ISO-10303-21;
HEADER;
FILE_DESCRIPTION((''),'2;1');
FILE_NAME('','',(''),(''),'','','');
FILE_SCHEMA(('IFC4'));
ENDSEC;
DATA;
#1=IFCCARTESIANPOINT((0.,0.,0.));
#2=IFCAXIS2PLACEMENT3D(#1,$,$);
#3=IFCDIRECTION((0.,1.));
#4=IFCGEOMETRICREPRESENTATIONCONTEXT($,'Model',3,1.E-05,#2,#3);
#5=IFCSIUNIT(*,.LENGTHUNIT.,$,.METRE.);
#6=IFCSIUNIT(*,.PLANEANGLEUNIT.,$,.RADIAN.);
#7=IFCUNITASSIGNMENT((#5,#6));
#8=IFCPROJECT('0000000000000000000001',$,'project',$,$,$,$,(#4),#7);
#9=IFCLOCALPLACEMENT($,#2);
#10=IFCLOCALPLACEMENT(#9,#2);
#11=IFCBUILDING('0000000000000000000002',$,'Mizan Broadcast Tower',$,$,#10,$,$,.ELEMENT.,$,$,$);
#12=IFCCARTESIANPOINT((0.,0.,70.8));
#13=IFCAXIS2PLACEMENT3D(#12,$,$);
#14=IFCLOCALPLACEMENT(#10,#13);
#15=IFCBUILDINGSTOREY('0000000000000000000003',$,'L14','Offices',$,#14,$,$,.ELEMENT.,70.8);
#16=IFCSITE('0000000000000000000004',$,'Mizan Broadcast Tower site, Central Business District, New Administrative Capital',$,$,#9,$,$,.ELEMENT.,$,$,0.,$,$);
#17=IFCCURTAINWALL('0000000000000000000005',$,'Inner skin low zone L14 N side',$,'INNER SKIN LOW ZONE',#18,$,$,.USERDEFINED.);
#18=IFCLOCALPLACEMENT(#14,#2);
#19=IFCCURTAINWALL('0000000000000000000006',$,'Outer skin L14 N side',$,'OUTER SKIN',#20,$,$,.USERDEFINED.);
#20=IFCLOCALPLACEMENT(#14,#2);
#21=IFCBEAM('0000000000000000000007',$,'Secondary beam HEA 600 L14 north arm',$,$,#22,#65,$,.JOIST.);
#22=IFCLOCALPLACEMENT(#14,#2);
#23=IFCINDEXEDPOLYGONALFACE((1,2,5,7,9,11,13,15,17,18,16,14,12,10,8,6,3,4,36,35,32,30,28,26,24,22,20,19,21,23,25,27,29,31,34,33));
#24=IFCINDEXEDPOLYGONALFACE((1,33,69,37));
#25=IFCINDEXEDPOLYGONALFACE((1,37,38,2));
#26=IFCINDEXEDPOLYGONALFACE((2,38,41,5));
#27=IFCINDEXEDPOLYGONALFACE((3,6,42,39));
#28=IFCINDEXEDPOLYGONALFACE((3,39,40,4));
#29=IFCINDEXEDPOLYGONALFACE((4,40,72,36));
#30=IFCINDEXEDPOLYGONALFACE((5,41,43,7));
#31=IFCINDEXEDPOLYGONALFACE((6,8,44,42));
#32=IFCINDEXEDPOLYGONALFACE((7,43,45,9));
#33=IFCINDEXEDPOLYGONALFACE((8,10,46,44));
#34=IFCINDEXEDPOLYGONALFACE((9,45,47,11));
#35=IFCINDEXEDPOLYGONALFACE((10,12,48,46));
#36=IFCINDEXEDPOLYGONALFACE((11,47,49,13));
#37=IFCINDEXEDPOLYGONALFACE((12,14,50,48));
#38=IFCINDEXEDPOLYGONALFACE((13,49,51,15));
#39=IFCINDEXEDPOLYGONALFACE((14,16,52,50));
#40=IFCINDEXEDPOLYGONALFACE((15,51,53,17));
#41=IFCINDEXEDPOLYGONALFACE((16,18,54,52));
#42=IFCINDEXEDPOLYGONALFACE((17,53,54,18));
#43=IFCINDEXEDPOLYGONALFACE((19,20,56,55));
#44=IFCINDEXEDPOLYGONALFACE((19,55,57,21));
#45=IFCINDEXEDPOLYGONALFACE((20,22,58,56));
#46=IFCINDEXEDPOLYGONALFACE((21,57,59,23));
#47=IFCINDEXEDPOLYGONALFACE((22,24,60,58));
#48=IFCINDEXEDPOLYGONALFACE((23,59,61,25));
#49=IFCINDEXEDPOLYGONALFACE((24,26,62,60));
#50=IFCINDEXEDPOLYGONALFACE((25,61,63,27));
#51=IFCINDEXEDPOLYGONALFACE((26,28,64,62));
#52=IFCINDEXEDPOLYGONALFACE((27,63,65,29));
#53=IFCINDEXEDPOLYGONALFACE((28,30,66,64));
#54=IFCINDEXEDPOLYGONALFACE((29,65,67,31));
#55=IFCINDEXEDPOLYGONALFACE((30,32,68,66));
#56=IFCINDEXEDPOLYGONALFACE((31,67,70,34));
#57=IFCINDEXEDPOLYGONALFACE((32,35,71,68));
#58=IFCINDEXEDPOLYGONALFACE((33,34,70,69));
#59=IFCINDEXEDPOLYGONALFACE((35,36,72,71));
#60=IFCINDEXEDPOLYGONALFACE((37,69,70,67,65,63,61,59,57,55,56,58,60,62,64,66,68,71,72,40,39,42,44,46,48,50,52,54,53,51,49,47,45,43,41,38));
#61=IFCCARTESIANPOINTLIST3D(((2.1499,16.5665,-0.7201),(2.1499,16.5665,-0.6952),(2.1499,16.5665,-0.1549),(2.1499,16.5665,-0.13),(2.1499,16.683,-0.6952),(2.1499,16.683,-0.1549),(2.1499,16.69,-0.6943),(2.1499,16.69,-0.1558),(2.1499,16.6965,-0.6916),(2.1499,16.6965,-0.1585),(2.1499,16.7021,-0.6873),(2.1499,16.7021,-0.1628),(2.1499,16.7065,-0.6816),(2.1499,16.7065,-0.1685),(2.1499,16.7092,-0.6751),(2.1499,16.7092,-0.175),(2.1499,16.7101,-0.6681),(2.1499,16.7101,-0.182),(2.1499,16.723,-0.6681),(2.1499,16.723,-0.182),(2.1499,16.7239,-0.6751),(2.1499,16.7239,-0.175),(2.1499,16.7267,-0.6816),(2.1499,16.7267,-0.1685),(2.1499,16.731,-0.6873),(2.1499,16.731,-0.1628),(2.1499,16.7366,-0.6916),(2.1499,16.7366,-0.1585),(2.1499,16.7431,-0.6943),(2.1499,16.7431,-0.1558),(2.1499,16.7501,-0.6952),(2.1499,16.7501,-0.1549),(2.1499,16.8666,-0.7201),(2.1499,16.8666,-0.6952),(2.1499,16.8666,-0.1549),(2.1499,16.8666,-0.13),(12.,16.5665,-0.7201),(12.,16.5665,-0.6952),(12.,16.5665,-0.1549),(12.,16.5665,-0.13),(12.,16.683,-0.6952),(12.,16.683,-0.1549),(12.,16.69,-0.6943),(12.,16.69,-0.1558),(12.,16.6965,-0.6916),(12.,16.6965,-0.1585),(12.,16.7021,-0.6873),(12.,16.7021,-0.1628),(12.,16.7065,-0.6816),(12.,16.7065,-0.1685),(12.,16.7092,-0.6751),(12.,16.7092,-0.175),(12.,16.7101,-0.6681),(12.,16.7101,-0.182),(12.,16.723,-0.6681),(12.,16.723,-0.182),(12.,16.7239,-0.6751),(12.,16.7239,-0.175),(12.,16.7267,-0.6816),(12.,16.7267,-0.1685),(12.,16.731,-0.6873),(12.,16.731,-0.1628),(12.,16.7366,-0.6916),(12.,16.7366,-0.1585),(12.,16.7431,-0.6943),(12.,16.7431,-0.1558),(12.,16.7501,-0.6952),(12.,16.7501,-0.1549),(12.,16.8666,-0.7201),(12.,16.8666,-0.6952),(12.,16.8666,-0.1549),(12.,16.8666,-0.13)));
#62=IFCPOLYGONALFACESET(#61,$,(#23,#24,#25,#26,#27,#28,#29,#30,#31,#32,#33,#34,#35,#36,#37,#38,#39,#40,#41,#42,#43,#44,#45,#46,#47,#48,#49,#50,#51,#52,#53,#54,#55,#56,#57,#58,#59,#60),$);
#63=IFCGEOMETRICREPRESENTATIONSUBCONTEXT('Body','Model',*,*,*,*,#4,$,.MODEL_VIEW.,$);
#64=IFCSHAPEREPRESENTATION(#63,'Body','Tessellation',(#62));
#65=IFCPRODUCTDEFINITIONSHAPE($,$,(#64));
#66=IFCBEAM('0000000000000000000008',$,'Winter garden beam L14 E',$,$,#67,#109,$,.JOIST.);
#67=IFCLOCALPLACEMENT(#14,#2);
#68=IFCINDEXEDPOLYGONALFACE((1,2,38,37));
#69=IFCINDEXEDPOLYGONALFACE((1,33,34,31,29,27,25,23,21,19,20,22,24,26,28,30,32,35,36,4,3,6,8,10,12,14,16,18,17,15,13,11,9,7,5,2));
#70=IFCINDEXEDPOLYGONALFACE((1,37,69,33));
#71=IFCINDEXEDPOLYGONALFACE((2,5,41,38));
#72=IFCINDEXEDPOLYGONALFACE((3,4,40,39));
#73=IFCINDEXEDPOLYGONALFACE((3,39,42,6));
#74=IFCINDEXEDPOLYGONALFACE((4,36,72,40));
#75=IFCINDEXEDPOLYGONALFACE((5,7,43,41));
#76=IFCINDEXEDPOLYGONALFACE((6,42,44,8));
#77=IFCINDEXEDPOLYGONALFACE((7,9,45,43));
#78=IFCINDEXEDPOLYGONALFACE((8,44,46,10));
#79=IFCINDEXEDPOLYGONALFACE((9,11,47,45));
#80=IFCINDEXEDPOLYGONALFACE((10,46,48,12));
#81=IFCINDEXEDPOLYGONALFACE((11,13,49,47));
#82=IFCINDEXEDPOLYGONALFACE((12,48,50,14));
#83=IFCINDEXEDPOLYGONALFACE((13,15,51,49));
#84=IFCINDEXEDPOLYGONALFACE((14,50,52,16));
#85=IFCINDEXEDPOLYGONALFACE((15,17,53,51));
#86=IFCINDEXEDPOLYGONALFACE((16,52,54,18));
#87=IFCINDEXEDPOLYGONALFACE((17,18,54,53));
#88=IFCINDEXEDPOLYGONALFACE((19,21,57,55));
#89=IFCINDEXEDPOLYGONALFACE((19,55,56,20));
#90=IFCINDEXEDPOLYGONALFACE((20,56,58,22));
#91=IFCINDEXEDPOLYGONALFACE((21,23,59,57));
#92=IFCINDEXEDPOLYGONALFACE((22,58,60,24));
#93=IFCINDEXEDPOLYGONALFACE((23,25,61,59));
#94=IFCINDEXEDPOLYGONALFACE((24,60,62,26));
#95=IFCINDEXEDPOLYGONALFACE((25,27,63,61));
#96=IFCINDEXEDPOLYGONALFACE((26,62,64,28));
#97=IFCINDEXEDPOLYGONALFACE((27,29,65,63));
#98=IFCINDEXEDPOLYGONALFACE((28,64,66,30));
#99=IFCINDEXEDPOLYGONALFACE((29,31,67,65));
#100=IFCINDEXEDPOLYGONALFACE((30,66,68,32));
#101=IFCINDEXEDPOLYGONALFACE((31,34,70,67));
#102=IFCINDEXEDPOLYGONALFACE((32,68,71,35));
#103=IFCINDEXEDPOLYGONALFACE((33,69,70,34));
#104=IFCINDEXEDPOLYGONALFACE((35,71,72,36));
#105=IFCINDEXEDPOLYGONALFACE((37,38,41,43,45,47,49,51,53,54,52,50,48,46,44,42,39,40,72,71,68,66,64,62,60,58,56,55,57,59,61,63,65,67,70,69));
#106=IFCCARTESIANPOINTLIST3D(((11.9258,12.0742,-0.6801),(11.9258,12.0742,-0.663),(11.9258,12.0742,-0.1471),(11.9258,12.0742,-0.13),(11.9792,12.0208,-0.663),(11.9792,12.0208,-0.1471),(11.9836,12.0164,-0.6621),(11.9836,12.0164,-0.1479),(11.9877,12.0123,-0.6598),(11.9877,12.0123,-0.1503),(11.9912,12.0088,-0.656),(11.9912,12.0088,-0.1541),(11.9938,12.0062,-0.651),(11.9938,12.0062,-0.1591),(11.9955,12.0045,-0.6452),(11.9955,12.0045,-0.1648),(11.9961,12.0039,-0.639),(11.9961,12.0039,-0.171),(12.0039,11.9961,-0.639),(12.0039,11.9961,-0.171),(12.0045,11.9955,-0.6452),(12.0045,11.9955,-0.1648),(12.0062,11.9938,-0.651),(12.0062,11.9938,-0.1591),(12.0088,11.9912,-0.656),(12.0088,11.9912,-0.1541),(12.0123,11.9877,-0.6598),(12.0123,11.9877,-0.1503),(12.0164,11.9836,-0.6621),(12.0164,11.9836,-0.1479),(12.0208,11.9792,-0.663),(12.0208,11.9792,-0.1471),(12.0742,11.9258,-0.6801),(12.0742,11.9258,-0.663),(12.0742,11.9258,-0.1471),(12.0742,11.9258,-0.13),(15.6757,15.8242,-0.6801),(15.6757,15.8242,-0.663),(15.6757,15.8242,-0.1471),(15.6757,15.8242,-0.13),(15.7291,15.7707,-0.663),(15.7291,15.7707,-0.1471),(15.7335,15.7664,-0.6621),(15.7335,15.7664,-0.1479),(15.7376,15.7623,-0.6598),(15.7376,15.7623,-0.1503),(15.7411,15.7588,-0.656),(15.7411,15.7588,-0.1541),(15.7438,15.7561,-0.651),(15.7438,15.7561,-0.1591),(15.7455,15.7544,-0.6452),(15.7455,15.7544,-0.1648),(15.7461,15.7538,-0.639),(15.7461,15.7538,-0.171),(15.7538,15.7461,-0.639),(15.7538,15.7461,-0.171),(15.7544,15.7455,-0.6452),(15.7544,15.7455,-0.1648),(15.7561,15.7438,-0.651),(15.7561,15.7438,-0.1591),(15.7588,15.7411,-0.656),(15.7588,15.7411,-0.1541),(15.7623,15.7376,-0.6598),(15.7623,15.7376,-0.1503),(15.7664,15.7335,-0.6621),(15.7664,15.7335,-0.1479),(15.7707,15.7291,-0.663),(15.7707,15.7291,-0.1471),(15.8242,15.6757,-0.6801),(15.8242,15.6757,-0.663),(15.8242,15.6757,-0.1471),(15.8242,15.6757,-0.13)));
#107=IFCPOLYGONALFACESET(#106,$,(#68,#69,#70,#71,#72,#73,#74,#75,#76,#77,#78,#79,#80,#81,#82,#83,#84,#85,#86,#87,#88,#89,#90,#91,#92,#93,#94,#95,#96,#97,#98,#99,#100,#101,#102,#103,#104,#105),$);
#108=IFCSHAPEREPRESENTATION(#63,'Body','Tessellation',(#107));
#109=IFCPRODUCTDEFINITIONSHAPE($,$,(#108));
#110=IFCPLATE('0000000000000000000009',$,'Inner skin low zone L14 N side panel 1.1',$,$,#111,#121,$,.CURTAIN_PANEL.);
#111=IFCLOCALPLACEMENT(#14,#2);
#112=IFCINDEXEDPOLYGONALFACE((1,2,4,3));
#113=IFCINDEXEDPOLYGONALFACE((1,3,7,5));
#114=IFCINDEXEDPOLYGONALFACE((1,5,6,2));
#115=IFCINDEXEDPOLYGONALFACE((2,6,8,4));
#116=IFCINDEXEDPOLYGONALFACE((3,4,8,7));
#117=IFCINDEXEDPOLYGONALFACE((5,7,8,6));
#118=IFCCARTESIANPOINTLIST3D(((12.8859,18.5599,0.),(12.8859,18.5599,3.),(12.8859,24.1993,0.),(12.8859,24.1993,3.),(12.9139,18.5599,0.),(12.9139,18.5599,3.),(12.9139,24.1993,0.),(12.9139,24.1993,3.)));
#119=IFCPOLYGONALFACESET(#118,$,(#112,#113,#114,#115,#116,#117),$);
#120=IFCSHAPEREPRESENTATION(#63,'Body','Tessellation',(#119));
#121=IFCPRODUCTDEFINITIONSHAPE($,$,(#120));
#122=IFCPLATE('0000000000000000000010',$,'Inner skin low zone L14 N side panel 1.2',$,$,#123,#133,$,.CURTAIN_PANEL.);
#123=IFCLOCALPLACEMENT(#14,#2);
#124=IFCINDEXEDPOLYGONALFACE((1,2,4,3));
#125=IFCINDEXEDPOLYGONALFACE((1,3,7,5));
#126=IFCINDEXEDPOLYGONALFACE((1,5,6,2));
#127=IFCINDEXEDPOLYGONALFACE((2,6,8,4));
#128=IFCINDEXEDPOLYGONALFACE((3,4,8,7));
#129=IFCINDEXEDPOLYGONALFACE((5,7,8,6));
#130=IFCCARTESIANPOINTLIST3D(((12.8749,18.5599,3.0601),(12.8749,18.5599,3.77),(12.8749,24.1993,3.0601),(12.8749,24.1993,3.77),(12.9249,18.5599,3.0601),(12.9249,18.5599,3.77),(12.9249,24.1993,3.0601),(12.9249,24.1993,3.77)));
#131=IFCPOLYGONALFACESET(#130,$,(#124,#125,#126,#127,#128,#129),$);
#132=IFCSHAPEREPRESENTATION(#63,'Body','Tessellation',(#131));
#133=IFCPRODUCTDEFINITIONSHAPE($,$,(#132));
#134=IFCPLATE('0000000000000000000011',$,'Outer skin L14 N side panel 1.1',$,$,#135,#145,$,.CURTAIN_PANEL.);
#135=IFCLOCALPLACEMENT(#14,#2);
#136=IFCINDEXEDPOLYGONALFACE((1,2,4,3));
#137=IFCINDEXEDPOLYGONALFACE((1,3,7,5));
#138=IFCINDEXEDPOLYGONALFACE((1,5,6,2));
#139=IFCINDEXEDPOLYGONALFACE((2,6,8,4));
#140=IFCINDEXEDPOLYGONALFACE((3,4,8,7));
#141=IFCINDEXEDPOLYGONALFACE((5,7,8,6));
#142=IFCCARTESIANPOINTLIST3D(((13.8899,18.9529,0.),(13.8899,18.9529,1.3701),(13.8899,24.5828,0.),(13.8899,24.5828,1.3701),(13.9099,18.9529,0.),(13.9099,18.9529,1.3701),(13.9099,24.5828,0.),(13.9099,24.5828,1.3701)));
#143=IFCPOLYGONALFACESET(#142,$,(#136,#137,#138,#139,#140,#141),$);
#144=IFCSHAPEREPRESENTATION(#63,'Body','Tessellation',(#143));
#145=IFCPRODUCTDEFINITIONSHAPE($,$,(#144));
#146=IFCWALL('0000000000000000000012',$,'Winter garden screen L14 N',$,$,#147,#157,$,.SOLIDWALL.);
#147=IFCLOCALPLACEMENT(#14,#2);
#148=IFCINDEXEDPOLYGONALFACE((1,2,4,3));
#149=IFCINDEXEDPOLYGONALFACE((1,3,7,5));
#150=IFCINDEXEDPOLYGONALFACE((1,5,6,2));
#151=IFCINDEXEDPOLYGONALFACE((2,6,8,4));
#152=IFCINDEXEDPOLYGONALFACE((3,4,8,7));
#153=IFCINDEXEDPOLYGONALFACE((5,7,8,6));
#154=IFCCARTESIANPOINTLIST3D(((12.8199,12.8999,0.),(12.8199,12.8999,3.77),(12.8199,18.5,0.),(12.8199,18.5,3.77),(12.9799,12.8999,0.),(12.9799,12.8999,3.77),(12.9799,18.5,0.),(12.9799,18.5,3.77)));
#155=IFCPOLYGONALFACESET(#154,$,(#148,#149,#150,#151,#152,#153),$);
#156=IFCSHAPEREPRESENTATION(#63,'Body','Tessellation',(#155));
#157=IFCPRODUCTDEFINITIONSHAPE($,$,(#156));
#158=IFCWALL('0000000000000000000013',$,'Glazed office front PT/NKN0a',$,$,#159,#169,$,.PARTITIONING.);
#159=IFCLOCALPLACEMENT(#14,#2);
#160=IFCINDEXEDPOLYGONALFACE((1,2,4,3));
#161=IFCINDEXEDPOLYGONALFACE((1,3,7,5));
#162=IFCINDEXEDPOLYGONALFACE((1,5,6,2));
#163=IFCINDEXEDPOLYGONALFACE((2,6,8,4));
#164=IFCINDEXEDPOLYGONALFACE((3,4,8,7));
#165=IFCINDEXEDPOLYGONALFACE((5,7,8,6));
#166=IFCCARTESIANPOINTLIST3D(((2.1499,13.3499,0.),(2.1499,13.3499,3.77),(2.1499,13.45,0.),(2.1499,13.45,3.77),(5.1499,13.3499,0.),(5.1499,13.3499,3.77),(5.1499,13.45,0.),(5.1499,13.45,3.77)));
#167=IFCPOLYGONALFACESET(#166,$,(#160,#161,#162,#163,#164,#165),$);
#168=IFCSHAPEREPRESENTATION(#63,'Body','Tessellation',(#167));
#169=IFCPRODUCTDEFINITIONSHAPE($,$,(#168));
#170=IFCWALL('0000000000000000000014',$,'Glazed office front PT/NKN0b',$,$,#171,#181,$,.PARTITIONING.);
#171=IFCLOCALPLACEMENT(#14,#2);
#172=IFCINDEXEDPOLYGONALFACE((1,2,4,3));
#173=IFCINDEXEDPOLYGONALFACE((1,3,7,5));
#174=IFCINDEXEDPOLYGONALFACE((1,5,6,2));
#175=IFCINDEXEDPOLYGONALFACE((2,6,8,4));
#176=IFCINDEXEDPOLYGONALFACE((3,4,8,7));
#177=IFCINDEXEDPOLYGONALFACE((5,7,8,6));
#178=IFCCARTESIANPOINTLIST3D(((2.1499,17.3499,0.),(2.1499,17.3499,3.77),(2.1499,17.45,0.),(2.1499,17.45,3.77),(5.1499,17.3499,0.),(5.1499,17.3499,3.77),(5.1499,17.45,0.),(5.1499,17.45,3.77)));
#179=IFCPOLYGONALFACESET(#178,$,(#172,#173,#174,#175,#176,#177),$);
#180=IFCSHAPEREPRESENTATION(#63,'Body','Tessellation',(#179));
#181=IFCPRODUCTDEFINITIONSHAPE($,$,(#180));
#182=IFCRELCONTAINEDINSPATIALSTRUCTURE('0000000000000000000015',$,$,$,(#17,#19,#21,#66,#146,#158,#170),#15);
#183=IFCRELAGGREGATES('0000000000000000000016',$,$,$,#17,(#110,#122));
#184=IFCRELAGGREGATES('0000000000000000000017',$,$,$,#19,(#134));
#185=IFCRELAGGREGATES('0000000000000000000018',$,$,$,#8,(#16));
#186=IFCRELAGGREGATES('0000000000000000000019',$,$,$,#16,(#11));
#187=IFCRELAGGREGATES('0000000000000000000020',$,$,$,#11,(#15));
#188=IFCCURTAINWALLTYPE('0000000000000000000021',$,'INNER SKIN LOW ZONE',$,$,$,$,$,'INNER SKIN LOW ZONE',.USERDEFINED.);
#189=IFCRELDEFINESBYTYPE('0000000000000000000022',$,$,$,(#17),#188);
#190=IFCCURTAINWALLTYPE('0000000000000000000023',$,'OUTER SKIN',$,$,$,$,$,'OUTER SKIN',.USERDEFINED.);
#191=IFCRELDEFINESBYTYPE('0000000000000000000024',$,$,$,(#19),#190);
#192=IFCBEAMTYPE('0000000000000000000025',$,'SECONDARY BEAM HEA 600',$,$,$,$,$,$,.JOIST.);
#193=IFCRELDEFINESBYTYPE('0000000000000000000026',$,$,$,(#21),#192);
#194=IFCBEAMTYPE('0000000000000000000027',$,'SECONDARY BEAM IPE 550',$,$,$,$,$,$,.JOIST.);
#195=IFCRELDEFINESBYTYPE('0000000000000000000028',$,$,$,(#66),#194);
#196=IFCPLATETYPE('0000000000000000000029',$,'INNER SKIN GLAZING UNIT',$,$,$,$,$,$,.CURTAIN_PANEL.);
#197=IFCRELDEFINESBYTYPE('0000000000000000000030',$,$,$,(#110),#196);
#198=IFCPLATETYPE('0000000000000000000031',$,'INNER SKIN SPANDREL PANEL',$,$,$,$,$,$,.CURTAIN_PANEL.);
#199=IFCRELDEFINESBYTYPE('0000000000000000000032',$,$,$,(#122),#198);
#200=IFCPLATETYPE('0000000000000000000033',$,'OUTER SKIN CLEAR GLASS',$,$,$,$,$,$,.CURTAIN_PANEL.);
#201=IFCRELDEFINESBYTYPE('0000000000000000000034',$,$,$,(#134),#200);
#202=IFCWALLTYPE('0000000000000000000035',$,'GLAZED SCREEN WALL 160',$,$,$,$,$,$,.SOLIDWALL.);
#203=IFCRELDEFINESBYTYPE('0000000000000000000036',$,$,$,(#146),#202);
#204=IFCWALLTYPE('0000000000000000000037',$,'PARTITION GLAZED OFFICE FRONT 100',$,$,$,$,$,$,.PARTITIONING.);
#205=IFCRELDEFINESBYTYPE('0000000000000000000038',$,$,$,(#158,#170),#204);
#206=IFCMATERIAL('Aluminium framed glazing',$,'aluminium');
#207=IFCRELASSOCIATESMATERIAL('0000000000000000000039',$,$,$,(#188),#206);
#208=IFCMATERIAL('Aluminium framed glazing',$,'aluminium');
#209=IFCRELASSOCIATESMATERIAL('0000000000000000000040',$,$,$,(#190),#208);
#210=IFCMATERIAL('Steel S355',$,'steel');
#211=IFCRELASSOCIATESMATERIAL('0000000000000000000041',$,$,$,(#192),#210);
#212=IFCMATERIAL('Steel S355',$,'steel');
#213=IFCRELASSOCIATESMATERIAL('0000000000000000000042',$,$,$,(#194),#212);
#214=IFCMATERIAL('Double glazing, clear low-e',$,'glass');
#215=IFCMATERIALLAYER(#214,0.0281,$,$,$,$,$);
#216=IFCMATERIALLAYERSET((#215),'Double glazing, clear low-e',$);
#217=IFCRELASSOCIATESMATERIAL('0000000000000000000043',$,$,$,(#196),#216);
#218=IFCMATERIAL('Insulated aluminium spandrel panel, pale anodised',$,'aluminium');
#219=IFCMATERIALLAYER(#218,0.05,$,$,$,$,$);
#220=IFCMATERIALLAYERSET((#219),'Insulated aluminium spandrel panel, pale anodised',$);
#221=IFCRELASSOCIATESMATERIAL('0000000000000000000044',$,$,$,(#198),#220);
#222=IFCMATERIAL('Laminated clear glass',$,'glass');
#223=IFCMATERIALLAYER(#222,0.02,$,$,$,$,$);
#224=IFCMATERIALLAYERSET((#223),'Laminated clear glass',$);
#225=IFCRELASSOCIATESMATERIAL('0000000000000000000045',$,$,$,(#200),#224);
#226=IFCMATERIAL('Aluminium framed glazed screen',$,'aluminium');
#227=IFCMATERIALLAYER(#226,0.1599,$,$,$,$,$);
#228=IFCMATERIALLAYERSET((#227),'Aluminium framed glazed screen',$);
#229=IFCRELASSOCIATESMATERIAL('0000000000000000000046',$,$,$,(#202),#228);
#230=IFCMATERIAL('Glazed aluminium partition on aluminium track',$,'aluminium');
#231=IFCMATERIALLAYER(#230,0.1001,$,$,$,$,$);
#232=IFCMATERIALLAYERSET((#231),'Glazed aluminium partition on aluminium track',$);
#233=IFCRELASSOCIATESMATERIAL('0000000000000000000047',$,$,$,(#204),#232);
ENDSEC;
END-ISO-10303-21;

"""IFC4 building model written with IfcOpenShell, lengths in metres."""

from ifc_helpers import new_model, si_unit, direction, frame, frame_2d, origin, origin_2d, place, context, subcontext, project, spatial, rectangle, i_section, extrude, material, layer, layer_set, material_profile, profile_set, type_object, element, aggregate, save


model = new_model("IFC4")

# Units and contexts
model_context = context("Model", 3, precision=1e-05, world=origin(), true_north=direction((0.0, 1.0)))
body_context = subcontext(model_context, "Body", "Model", "MODEL_VIEW")
ifc_project = project(units=[si_unit("LENGTHUNIT", "METRE"), si_unit("PLANEANGLEUNIT", "RADIAN")], contexts=[model_context])

# Site, building, storey
site_placement = place(None, origin())
site = spatial("IfcSite", under=ifc_project, at=site_placement, Name="Mizan Broadcast Tower site, Central Business District, New Administrative Capital", CompositionType="ELEMENT", RefElevation=0.0)
building_placement = place(site_placement, origin())
building = spatial("IfcBuilding", under=site, at=building_placement, Name="Mizan Broadcast Tower", CompositionType="ELEMENT")
storey_placement = place(building_placement, frame((0.0, 0.0, 70.8)))
storey = spatial("IfcBuildingStorey", under=building, at=storey_placement, Name="L14", Description="Offices", CompositionType="ELEMENT", Elevation=70.8)

# Curtain walls
ifc_material_1 = material(Name="Aluminium framed glazing", Category="aluminium")
curtain_wall_type_1 = type_object("IfcCurtainWallType", Name="INNER SKIN LOW ZONE", ElementType="INNER SKIN LOW ZONE", PredefinedType="USERDEFINED", material=ifc_material_1)
curtain_wall_1_placement = place(storey_placement, origin())
curtain_wall_1 = element("IfcCurtainWall", 1, at=curtain_wall_1_placement, inside=storey, type_object=curtain_wall_type_1, Name="Inner skin low zone L14 N side", ObjectType="INNER SKIN LOW ZONE", PredefinedType="USERDEFINED")
ifc_material_2 = material(Name="Aluminium framed glazing", Category="aluminium")
curtain_wall_type_2 = type_object("IfcCurtainWallType", Name="OUTER SKIN", ElementType="OUTER SKIN", PredefinedType="USERDEFINED", material=ifc_material_2)
curtain_wall_2_placement = place(storey_placement, origin())
curtain_wall_2 = element("IfcCurtainWall", 2, at=curtain_wall_2_placement, inside=storey, type_object=curtain_wall_type_2, Name="Outer skin L14 N side", ObjectType="OUTER SKIN", PredefinedType="USERDEFINED")

# Beams
ifc_material_3 = material(Name="Steel S355", Category="steel")
ifc_material_profile_1 = material_profile(ifc_material_3, i_section(OverallWidth=0.3, OverallDepth=0.5901, WebThickness=0.0129, FlangeThickness=0.0249, FilletRadius=0.0271, at=origin_2d()), Name="HEA 600")
ifc_profile_set_1 = profile_set([ifc_material_profile_1], Name="Steel S355")
beam_type_1 = type_object("IfcBeamType", Name="SECONDARY BEAM HEA 600", PredefinedType="JOIST", material=ifc_profile_set_1)
for number, where, z_axis, x_axis, name in (
    (3, (12.0, 16.7166, -0.425), (-1.0, 0.0, 0.0), (0.0, -1.0, 0.0), "Secondary beam HEA 600 L14 north arm"),
):
    element("IfcBeam", number, at=place(storey_placement, frame(where, z_axis=z_axis, x_axis=x_axis)), inside=storey, type_object=beam_type_1, Name=name, PredefinedType="JOIST", context=body_context, shape_type="SweptSolid", body=[
        extrude(i_section(OverallWidth=0.3, OverallDepth=0.5901, WebThickness=0.0129, FlangeThickness=0.0249, FilletRadius=0.0271, at=origin_2d()), origin(), (0.0, 0.0, 1.0), 9.8501),
    ])
ifc_material_4 = material(Name="Steel S355", Category="steel")
ifc_material_profile_2 = material_profile(ifc_material_4, i_section(OverallWidth=0.21, OverallDepth=0.55, WebThickness=0.011, FlangeThickness=0.0171, FilletRadius=0.0239, at=origin_2d()), Name="IPE 550")
ifc_profile_set_2 = profile_set([ifc_material_profile_2], Name="Steel S355")
beam_type_2 = type_object("IfcBeamType", Name="SECONDARY BEAM IPE 550", PredefinedType="JOIST", material=ifc_profile_set_2)
beam_1_placement = place(storey_placement, frame((12.0, 12.0, -0.405), z_axis=(0.707107, 0.707107, 0.0), x_axis=(-0.707107, 0.707107, 0.0)))
element("IfcBeam", 4, at=beam_1_placement, inside=storey, type_object=beam_type_2, Name="Winter garden beam L14 E", PredefinedType="JOIST", context=body_context, shape_type="SweptSolid", body=[
    extrude(i_section(OverallWidth=0.21, OverallDepth=0.55, WebThickness=0.011, FlangeThickness=0.0171, FilletRadius=0.0239, at=origin_2d()), origin(), (0.0, 0.0, 1.0), 5.3032),
])

# Plates
ifc_material_5 = material(Name="Double glazing, clear low-e", Category="glass")
ifc_layer_1 = layer(ifc_material_5, 0.0281)
ifc_layer_set_1 = layer_set([ifc_layer_1], Name="Double glazing, clear low-e")
plate_type_1 = type_object("IfcPlateType", Name="INNER SKIN GLAZING UNIT", PredefinedType="CURTAIN_PANEL", material=ifc_layer_set_1)
plate_1_placement = place(storey_placement, frame((12.8999, 21.3796, 0.0), z_axis=(0.0, 0.0, 1.0), x_axis=(0.0, 1.0, 0.0)))
plate_1 = element("IfcPlate", 5, at=plate_1_placement, type_object=plate_type_1, Name="Inner skin low zone L14 N side panel 1.1", PredefinedType="CURTAIN_PANEL", context=body_context, shape_type="SweptSolid", body=[
    extrude(rectangle(XDim=5.6394, YDim=0.0281, at=origin_2d()), origin(), (0.0, 0.0, 1.0), 3.0),
])
ifc_material_6 = material(Name="Insulated aluminium spandrel panel, pale anodised", Category="aluminium")
ifc_layer_2 = layer(ifc_material_6, 0.05)
ifc_layer_set_2 = layer_set([ifc_layer_2], Name="Insulated aluminium spandrel panel, pale anodised")
plate_type_2 = type_object("IfcPlateType", Name="INNER SKIN SPANDREL PANEL", PredefinedType="CURTAIN_PANEL", material=ifc_layer_set_2)
plate_2_placement = place(storey_placement, frame((12.8999, 21.3796, 3.0601), z_axis=(0.0, 0.0, 1.0), x_axis=(0.0, 1.0, 0.0)))
plate_2 = element("IfcPlate", 6, at=plate_2_placement, type_object=plate_type_2, Name="Inner skin low zone L14 N side panel 1.2", PredefinedType="CURTAIN_PANEL", context=body_context, shape_type="SweptSolid", body=[
    extrude(rectangle(XDim=5.6394, YDim=0.05, at=origin_2d()), origin(), (0.0, 0.0, 1.0), 0.71),
])
aggregate(curtain_wall_1, [plate_1, plate_2])
ifc_material_7 = material(Name="Laminated clear glass", Category="glass")
ifc_layer_3 = layer(ifc_material_7, 0.02)
ifc_layer_set_3 = layer_set([ifc_layer_3], Name="Laminated clear glass")
plate_type_3 = type_object("IfcPlateType", Name="OUTER SKIN CLEAR GLASS", PredefinedType="CURTAIN_PANEL", material=ifc_layer_set_3)
plate_3_placement = place(storey_placement, frame((13.8999, 21.7678, 0.0), z_axis=(0.0, 0.0, 1.0), x_axis=(0.0, 1.0, 0.0)))
plate_3 = element("IfcPlate", 7, at=plate_3_placement, type_object=plate_type_3, Name="Outer skin L14 N side panel 1.1", PredefinedType="CURTAIN_PANEL", context=body_context, shape_type="SweptSolid", body=[
    extrude(rectangle(XDim=5.6299, YDim=0.02, at=origin_2d()), origin(), (0.0, 0.0, 1.0), 1.3701),
])
aggregate(curtain_wall_2, [plate_3])

# Walls
ifc_material_8 = material(Name="Aluminium framed glazed screen", Category="aluminium")
ifc_layer_4 = layer(ifc_material_8, 0.1599)
ifc_layer_set_4 = layer_set([ifc_layer_4], Name="Aluminium framed glazed screen")
wall_type_1 = type_object("IfcWallType", Name="GLAZED SCREEN WALL 160", PredefinedType="SOLIDWALL", material=ifc_layer_set_4)
wall_1_placement = place(storey_placement, frame((12.8999, 12.8999, 0.0), z_axis=(0.0, 0.0, 1.0), x_axis=(0.0, 1.0, 0.0)))
element("IfcWall", 8, at=wall_1_placement, inside=storey, type_object=wall_type_1, Name="Winter garden screen L14 N", PredefinedType="SOLIDWALL", context=body_context, shape_type="SweptSolid", body=[
    extrude(rectangle(XDim=5.6001, YDim=0.1599, at=frame_2d((2.8, 0.0))), origin(), (0.0, 0.0, 1.0), 3.77),
])
ifc_material_9 = material(Name="Glazed aluminium partition on aluminium track", Category="aluminium")
ifc_layer_5 = layer(ifc_material_9, 0.1001)
ifc_layer_set_5 = layer_set([ifc_layer_5], Name="Glazed aluminium partition on aluminium track")
wall_type_2 = type_object("IfcWallType", Name="PARTITION GLAZED OFFICE FRONT 100", PredefinedType="PARTITIONING", material=ifc_layer_set_5)
for number, where, z_axis, x_axis, name in (
    (9, (2.1499, 13.3999, 0.0), (0.0, 0.0, 1.0), (1.0, 0.0, 0.0), "Glazed office front PT/NKN0a"),
    (10, (2.1499, 17.3999, 0.0), (0.0, 0.0, 1.0), (1.0, 0.0, 0.0), "Glazed office front PT/NKN0b"),
):
    element("IfcWall", number, at=place(storey_placement, frame(where, z_axis=z_axis, x_axis=x_axis)), inside=storey, type_object=wall_type_2, Name=name, PredefinedType="PARTITIONING", context=body_context, shape_type="SweptSolid", body=[
        extrude(rectangle(XDim=3.0, YDim=0.1001, at=frame_2d((1.5, 0.0))), origin(), (0.0, 0.0, 1.0), 3.77),
    ])

save(model, "model.ifc")
